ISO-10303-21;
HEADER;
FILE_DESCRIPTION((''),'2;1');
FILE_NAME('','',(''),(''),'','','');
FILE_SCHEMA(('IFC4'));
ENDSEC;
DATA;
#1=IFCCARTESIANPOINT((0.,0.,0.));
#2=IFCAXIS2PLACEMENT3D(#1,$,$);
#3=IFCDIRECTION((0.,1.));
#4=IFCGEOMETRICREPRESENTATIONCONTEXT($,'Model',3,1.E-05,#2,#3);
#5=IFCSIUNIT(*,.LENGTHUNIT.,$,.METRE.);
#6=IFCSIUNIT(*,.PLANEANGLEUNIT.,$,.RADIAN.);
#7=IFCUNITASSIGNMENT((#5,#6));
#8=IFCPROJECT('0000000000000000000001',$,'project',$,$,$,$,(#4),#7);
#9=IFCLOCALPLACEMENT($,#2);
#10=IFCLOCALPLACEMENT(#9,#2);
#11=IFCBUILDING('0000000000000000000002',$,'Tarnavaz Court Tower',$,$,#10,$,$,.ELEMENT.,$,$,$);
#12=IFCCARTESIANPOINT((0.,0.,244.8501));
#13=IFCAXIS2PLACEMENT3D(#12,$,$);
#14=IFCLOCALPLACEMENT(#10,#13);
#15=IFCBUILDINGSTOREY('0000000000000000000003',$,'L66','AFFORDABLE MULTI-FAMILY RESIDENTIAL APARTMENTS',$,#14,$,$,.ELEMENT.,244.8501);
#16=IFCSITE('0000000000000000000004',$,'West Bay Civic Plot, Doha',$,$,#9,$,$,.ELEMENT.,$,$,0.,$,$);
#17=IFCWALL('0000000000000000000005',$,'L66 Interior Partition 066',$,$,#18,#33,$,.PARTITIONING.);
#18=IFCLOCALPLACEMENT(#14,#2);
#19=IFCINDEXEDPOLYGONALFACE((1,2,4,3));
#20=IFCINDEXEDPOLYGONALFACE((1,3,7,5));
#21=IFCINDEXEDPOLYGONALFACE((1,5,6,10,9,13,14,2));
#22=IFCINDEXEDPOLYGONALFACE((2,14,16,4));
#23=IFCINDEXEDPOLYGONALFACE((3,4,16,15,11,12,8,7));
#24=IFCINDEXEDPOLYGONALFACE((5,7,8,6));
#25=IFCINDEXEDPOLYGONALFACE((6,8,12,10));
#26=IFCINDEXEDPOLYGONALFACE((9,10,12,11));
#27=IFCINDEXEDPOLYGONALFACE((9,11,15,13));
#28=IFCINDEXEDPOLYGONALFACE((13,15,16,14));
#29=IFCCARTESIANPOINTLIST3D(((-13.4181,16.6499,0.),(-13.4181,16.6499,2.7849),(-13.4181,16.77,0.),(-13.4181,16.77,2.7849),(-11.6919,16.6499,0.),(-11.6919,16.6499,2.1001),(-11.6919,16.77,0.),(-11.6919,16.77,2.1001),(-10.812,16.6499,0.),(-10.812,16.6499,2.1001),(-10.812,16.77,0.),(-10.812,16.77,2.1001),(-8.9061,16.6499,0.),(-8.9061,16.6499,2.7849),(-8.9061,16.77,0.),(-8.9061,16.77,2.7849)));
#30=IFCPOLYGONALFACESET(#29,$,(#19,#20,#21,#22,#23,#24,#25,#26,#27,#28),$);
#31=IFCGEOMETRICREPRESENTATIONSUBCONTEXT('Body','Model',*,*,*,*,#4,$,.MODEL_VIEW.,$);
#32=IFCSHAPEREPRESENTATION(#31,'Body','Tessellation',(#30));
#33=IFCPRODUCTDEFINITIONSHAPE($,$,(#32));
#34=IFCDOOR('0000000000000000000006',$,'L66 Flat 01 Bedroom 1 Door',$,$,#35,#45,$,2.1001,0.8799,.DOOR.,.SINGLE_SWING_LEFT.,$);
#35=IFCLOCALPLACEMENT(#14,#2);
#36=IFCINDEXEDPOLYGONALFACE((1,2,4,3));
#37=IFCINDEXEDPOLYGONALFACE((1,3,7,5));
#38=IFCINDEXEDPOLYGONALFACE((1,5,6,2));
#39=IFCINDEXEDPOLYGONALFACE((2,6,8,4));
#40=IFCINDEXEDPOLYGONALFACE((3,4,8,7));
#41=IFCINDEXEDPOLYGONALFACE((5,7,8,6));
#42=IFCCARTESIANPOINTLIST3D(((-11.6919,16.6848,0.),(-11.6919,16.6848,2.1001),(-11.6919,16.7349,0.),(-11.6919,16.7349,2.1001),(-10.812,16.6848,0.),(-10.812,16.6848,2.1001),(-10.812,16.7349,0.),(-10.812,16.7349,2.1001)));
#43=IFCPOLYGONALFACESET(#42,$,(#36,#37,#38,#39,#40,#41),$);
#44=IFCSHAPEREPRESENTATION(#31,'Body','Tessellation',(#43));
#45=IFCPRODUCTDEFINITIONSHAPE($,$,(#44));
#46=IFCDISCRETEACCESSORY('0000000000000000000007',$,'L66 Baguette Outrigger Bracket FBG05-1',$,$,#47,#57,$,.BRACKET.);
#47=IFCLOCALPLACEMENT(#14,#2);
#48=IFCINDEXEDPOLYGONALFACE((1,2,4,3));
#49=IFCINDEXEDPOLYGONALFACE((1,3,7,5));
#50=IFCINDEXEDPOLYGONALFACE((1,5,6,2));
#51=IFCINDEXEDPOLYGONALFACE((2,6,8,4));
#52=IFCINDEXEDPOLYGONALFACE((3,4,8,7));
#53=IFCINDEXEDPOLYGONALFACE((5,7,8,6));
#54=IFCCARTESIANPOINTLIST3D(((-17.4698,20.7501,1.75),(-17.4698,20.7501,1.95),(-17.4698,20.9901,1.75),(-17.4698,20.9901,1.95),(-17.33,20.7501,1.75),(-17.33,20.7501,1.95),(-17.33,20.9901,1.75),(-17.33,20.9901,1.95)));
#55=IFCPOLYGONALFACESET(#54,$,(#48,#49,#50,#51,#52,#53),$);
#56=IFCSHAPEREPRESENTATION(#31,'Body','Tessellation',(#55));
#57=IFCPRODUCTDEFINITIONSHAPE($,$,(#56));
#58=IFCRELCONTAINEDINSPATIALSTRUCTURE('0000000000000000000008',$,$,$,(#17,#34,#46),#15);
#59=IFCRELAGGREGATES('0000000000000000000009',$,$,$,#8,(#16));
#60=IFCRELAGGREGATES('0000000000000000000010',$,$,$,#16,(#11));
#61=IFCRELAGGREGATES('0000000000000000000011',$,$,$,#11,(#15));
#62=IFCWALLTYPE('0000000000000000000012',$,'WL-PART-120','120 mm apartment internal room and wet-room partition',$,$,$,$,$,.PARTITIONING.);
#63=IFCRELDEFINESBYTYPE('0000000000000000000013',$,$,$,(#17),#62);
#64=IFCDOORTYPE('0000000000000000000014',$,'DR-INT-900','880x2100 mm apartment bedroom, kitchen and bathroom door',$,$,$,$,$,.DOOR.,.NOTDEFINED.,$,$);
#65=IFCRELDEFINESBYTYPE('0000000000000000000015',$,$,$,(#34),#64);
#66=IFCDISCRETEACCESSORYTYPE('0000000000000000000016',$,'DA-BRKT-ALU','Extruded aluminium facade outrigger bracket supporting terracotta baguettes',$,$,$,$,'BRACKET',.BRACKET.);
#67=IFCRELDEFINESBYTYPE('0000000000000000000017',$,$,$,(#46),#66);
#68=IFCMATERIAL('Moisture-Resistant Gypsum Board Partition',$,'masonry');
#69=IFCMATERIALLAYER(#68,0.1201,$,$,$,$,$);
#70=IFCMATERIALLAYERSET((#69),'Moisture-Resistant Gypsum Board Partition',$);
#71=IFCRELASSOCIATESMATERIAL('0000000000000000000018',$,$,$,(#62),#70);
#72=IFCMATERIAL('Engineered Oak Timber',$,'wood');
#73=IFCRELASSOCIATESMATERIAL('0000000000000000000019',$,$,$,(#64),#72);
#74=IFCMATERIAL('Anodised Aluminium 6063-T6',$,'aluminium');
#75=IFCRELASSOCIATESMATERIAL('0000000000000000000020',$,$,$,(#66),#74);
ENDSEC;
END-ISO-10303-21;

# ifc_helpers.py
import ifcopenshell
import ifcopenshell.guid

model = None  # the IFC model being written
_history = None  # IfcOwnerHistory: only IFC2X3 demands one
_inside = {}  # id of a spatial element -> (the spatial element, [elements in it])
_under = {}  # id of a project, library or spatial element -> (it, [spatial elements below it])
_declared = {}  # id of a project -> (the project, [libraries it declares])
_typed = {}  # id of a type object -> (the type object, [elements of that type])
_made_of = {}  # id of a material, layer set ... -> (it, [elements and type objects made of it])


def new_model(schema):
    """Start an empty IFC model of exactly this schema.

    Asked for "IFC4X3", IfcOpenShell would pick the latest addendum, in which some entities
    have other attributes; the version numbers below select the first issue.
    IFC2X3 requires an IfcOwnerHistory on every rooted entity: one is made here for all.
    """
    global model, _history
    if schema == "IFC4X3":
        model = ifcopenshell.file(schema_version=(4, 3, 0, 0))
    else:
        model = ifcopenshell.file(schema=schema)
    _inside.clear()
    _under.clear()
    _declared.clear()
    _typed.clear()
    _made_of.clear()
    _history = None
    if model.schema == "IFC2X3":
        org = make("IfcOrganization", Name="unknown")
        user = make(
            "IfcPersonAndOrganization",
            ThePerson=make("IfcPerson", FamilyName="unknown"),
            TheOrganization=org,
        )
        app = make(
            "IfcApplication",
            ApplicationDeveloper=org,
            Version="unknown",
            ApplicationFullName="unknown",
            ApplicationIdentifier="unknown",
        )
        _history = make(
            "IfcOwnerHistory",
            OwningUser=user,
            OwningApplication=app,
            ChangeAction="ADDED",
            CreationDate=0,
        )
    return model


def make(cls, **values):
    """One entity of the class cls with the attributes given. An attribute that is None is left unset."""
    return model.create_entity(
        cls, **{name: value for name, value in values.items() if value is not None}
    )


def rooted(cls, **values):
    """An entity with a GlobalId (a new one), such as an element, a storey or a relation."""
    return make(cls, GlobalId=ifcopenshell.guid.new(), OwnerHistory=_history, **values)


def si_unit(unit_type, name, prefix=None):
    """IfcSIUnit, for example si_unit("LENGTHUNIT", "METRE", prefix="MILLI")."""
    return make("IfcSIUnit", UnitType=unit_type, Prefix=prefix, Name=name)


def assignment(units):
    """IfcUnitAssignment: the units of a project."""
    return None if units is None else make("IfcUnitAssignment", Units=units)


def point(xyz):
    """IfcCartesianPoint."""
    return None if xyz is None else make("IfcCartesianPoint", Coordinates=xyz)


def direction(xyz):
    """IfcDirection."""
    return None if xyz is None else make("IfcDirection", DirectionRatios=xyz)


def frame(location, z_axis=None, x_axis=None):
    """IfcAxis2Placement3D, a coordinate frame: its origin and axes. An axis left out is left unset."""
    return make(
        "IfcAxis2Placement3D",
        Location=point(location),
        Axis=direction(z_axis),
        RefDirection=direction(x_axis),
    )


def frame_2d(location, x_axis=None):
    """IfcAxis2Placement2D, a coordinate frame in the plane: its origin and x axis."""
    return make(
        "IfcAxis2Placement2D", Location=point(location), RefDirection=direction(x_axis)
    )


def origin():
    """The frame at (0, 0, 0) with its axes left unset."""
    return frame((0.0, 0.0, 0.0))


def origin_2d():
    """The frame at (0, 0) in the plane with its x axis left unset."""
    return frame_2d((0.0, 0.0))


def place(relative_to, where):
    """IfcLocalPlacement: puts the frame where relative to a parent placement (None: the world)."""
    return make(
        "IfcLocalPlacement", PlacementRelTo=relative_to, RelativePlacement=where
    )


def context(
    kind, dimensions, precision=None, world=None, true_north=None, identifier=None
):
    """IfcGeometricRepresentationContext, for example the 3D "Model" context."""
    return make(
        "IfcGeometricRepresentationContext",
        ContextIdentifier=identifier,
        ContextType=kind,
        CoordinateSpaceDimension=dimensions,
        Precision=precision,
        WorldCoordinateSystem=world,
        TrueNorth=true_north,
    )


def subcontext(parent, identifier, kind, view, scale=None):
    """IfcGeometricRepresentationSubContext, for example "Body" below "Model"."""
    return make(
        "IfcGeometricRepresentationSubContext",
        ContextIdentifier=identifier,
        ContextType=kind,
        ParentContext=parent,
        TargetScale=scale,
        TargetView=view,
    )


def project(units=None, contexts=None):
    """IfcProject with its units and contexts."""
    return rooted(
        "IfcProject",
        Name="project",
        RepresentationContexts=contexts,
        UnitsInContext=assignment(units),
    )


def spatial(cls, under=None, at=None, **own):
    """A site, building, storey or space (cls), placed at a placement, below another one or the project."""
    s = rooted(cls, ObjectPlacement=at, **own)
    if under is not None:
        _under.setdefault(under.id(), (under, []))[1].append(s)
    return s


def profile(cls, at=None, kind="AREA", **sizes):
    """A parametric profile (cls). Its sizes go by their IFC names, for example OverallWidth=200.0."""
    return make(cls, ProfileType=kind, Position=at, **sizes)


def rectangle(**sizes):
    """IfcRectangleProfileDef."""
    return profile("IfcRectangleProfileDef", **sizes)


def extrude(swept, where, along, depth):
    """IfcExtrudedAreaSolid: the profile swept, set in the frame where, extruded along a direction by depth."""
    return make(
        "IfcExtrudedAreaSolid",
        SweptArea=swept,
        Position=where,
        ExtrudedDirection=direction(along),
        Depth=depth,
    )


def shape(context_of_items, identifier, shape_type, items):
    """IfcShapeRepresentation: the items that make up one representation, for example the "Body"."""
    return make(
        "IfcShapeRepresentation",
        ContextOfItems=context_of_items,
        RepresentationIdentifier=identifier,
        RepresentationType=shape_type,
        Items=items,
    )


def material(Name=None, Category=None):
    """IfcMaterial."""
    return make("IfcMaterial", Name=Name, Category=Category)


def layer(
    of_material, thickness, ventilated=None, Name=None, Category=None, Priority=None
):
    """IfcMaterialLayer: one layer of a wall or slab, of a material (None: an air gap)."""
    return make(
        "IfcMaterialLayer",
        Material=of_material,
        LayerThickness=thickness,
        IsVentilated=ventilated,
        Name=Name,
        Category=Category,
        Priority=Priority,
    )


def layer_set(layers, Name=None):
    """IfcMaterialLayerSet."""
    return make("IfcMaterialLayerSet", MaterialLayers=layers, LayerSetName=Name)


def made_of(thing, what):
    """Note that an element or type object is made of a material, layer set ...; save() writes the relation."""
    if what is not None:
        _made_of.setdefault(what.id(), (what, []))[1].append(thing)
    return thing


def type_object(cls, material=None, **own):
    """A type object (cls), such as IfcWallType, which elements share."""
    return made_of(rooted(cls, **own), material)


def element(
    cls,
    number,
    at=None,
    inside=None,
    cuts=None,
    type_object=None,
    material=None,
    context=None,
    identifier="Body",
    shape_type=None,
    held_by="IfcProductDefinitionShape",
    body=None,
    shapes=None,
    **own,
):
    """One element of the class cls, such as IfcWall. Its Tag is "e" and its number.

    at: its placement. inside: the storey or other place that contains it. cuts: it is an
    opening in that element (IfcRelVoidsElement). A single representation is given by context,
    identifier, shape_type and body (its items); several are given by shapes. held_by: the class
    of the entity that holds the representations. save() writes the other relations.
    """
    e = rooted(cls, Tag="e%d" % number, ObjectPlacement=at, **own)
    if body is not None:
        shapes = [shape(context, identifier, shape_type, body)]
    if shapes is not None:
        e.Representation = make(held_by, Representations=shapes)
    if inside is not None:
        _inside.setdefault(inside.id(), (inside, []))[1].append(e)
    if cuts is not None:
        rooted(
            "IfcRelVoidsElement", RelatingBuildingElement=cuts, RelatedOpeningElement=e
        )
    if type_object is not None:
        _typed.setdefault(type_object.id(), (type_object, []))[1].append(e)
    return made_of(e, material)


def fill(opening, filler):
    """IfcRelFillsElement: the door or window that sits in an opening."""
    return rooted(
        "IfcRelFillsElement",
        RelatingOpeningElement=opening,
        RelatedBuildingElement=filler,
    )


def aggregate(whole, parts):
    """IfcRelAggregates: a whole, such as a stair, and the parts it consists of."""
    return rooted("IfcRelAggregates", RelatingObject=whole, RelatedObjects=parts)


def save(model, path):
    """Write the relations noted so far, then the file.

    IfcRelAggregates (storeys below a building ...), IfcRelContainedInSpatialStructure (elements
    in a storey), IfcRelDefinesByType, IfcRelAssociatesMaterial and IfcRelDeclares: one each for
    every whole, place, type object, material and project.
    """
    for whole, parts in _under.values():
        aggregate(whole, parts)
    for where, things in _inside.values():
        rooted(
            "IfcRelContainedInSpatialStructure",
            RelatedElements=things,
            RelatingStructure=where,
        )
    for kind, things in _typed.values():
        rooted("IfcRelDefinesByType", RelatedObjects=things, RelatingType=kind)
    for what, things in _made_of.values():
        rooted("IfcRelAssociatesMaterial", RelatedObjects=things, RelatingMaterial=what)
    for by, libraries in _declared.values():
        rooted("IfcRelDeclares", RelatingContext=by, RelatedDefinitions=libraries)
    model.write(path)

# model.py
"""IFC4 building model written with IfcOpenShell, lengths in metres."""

from ifc_helpers import new_model, si_unit, direction, frame, frame_2d, origin, origin_2d, place, context, subcontext, project, spatial, rectangle, extrude, material, layer, layer_set, type_object, element, fill, save


model = new_model("IFC4")

# Units and contexts
model_context = context("Model", 3, precision=1e-05, world=origin(), true_north=direction((0.0, 1.0)))
body_context = subcontext(model_context, "Body", "Model", "MODEL_VIEW")
ifc_project = project(units=[si_unit("LENGTHUNIT", "METRE"), si_unit("PLANEANGLEUNIT", "RADIAN")], contexts=[model_context])

# Site, building, storey
site_placement = place(None, origin())
site = spatial("IfcSite", under=ifc_project, at=site_placement, Name="West Bay Civic Plot, Doha", CompositionType="ELEMENT", RefElevation=0.0)
building_placement = place(site_placement, origin())
building = spatial("IfcBuilding", under=site, at=building_placement, Name="Tarnavaz Court Tower", CompositionType="ELEMENT")
storey_placement = place(building_placement, frame((0.0, 0.0, 244.8501)))
storey = spatial("IfcBuildingStorey", under=building, at=storey_placement, Name="L66", Description="AFFORDABLE MULTI-FAMILY RESIDENTIAL APARTMENTS", CompositionType="ELEMENT", Elevation=244.8501)

# Wall, opening, door
ifc_material_1 = material(Name="Moisture-Resistant Gypsum Board Partition", Category="masonry")
ifc_layer = layer(ifc_material_1, 0.1201)
ifc_layer_set = layer_set([ifc_layer], Name="Moisture-Resistant Gypsum Board Partition")
wall_type = type_object("IfcWallType", Name="WL-PART-120", Description="120 mm apartment internal room and wet-room partition", PredefinedType="PARTITIONING", material=ifc_layer_set)
ifc_material_2 = material(Name="Engineered Oak Timber", Category="wood")
door_type_1 = type_object("IfcDoorType", Name="DR-INT-900", Description="880x2100 mm apartment bedroom, kitchen and bathroom door", OperationType="NOTDEFINED", PredefinedType="DOOR", material=ifc_material_2)
wall_1_placement = place(storey_placement, frame((-13.418, 16.71, 0.0), z_axis=(0.0, 0.0, 1.0), x_axis=(1.0, 0.0, 0.0)))
wall_1 = element("IfcWall", 1, at=wall_1_placement, inside=storey, type_object=wall_type, Name="L66 Interior Partition 066", PredefinedType="PARTITIONING", context=body_context, shape_type="SweptSolid", body=[
    extrude(rectangle(XDim=4.512, YDim=0.1201, at=frame_2d((2.2559, 0.0))), origin(), (0.0, 0.0, 1.0), 2.7849),
])
opening_1_placement = place(wall_1_placement, frame((1.7261, 0.0, 0.0)))
opening_1 = element("IfcOpeningElement", 2, at=opening_1_placement, cuts=wall_1, PredefinedType="OPENING", context=body_context, shape_type="SweptSolid", body=[
    extrude(rectangle(XDim=0.8799, YDim=2.1001, at=frame_2d((0.4399, 1.05))), frame((0.0, 0.0701, 0.0), z_axis=(0.0, -1.0, 0.0), x_axis=(1.0, 0.0, 0.0)), (0.0, 0.0, 1.0), 0.1401),
])
door_1_placement = place(opening_1_placement, origin())
door_1 = element("IfcDoor", 3, at=door_1_placement, inside=storey, type_object=door_type_1, Name="L66 Flat 01 Bedroom 1 Door", OperationType="SINGLE_SWING_LEFT", OverallHeight=2.1001, OverallWidth=0.8799, PredefinedType="DOOR", context=body_context, shape_type="SweptSolid", body=[
    extrude(rectangle(XDim=0.8799, YDim=2.1001, at=frame_2d((0.4399, 1.05))), frame((0.0, 0.0249, 0.0), z_axis=(0.0, -1.0, 0.0), x_axis=(1.0, 0.0, 0.0)), (0.0, 0.0, 1.0), 0.05),
])
fill(opening_1, door_1)

# Discrete accessory
ifc_material_3 = material(Name="Anodised Aluminium 6063-T6", Category="aluminium")
discrete_accessory_type = type_object("IfcDiscreteAccessoryType", Name="DA-BRKT-ALU", Description="Extruded aluminium facade outrigger bracket supporting terracotta baguettes", ElementType="BRACKET", PredefinedType="BRACKET", material=ifc_material_3)
discrete_accessory_placement = place(storey_placement, frame((-17.3999, 20.8701, 1.75), z_axis=(0.0, 0.0, 1.0), x_axis=(1.0, 0.0, 0.0)))
element("IfcDiscreteAccessory", 4, at=discrete_accessory_placement, inside=storey, type_object=discrete_accessory_type, Name="L66 Baguette Outrigger Bracket FBG05-1", PredefinedType="BRACKET", context=body_context, shape_type="SweptSolid", body=[
    extrude(rectangle(XDim=0.1399, YDim=0.24, at=origin_2d()), origin(), (0.0, 0.0, 1.0), 0.2),
])

save(model, "model.ifc")
